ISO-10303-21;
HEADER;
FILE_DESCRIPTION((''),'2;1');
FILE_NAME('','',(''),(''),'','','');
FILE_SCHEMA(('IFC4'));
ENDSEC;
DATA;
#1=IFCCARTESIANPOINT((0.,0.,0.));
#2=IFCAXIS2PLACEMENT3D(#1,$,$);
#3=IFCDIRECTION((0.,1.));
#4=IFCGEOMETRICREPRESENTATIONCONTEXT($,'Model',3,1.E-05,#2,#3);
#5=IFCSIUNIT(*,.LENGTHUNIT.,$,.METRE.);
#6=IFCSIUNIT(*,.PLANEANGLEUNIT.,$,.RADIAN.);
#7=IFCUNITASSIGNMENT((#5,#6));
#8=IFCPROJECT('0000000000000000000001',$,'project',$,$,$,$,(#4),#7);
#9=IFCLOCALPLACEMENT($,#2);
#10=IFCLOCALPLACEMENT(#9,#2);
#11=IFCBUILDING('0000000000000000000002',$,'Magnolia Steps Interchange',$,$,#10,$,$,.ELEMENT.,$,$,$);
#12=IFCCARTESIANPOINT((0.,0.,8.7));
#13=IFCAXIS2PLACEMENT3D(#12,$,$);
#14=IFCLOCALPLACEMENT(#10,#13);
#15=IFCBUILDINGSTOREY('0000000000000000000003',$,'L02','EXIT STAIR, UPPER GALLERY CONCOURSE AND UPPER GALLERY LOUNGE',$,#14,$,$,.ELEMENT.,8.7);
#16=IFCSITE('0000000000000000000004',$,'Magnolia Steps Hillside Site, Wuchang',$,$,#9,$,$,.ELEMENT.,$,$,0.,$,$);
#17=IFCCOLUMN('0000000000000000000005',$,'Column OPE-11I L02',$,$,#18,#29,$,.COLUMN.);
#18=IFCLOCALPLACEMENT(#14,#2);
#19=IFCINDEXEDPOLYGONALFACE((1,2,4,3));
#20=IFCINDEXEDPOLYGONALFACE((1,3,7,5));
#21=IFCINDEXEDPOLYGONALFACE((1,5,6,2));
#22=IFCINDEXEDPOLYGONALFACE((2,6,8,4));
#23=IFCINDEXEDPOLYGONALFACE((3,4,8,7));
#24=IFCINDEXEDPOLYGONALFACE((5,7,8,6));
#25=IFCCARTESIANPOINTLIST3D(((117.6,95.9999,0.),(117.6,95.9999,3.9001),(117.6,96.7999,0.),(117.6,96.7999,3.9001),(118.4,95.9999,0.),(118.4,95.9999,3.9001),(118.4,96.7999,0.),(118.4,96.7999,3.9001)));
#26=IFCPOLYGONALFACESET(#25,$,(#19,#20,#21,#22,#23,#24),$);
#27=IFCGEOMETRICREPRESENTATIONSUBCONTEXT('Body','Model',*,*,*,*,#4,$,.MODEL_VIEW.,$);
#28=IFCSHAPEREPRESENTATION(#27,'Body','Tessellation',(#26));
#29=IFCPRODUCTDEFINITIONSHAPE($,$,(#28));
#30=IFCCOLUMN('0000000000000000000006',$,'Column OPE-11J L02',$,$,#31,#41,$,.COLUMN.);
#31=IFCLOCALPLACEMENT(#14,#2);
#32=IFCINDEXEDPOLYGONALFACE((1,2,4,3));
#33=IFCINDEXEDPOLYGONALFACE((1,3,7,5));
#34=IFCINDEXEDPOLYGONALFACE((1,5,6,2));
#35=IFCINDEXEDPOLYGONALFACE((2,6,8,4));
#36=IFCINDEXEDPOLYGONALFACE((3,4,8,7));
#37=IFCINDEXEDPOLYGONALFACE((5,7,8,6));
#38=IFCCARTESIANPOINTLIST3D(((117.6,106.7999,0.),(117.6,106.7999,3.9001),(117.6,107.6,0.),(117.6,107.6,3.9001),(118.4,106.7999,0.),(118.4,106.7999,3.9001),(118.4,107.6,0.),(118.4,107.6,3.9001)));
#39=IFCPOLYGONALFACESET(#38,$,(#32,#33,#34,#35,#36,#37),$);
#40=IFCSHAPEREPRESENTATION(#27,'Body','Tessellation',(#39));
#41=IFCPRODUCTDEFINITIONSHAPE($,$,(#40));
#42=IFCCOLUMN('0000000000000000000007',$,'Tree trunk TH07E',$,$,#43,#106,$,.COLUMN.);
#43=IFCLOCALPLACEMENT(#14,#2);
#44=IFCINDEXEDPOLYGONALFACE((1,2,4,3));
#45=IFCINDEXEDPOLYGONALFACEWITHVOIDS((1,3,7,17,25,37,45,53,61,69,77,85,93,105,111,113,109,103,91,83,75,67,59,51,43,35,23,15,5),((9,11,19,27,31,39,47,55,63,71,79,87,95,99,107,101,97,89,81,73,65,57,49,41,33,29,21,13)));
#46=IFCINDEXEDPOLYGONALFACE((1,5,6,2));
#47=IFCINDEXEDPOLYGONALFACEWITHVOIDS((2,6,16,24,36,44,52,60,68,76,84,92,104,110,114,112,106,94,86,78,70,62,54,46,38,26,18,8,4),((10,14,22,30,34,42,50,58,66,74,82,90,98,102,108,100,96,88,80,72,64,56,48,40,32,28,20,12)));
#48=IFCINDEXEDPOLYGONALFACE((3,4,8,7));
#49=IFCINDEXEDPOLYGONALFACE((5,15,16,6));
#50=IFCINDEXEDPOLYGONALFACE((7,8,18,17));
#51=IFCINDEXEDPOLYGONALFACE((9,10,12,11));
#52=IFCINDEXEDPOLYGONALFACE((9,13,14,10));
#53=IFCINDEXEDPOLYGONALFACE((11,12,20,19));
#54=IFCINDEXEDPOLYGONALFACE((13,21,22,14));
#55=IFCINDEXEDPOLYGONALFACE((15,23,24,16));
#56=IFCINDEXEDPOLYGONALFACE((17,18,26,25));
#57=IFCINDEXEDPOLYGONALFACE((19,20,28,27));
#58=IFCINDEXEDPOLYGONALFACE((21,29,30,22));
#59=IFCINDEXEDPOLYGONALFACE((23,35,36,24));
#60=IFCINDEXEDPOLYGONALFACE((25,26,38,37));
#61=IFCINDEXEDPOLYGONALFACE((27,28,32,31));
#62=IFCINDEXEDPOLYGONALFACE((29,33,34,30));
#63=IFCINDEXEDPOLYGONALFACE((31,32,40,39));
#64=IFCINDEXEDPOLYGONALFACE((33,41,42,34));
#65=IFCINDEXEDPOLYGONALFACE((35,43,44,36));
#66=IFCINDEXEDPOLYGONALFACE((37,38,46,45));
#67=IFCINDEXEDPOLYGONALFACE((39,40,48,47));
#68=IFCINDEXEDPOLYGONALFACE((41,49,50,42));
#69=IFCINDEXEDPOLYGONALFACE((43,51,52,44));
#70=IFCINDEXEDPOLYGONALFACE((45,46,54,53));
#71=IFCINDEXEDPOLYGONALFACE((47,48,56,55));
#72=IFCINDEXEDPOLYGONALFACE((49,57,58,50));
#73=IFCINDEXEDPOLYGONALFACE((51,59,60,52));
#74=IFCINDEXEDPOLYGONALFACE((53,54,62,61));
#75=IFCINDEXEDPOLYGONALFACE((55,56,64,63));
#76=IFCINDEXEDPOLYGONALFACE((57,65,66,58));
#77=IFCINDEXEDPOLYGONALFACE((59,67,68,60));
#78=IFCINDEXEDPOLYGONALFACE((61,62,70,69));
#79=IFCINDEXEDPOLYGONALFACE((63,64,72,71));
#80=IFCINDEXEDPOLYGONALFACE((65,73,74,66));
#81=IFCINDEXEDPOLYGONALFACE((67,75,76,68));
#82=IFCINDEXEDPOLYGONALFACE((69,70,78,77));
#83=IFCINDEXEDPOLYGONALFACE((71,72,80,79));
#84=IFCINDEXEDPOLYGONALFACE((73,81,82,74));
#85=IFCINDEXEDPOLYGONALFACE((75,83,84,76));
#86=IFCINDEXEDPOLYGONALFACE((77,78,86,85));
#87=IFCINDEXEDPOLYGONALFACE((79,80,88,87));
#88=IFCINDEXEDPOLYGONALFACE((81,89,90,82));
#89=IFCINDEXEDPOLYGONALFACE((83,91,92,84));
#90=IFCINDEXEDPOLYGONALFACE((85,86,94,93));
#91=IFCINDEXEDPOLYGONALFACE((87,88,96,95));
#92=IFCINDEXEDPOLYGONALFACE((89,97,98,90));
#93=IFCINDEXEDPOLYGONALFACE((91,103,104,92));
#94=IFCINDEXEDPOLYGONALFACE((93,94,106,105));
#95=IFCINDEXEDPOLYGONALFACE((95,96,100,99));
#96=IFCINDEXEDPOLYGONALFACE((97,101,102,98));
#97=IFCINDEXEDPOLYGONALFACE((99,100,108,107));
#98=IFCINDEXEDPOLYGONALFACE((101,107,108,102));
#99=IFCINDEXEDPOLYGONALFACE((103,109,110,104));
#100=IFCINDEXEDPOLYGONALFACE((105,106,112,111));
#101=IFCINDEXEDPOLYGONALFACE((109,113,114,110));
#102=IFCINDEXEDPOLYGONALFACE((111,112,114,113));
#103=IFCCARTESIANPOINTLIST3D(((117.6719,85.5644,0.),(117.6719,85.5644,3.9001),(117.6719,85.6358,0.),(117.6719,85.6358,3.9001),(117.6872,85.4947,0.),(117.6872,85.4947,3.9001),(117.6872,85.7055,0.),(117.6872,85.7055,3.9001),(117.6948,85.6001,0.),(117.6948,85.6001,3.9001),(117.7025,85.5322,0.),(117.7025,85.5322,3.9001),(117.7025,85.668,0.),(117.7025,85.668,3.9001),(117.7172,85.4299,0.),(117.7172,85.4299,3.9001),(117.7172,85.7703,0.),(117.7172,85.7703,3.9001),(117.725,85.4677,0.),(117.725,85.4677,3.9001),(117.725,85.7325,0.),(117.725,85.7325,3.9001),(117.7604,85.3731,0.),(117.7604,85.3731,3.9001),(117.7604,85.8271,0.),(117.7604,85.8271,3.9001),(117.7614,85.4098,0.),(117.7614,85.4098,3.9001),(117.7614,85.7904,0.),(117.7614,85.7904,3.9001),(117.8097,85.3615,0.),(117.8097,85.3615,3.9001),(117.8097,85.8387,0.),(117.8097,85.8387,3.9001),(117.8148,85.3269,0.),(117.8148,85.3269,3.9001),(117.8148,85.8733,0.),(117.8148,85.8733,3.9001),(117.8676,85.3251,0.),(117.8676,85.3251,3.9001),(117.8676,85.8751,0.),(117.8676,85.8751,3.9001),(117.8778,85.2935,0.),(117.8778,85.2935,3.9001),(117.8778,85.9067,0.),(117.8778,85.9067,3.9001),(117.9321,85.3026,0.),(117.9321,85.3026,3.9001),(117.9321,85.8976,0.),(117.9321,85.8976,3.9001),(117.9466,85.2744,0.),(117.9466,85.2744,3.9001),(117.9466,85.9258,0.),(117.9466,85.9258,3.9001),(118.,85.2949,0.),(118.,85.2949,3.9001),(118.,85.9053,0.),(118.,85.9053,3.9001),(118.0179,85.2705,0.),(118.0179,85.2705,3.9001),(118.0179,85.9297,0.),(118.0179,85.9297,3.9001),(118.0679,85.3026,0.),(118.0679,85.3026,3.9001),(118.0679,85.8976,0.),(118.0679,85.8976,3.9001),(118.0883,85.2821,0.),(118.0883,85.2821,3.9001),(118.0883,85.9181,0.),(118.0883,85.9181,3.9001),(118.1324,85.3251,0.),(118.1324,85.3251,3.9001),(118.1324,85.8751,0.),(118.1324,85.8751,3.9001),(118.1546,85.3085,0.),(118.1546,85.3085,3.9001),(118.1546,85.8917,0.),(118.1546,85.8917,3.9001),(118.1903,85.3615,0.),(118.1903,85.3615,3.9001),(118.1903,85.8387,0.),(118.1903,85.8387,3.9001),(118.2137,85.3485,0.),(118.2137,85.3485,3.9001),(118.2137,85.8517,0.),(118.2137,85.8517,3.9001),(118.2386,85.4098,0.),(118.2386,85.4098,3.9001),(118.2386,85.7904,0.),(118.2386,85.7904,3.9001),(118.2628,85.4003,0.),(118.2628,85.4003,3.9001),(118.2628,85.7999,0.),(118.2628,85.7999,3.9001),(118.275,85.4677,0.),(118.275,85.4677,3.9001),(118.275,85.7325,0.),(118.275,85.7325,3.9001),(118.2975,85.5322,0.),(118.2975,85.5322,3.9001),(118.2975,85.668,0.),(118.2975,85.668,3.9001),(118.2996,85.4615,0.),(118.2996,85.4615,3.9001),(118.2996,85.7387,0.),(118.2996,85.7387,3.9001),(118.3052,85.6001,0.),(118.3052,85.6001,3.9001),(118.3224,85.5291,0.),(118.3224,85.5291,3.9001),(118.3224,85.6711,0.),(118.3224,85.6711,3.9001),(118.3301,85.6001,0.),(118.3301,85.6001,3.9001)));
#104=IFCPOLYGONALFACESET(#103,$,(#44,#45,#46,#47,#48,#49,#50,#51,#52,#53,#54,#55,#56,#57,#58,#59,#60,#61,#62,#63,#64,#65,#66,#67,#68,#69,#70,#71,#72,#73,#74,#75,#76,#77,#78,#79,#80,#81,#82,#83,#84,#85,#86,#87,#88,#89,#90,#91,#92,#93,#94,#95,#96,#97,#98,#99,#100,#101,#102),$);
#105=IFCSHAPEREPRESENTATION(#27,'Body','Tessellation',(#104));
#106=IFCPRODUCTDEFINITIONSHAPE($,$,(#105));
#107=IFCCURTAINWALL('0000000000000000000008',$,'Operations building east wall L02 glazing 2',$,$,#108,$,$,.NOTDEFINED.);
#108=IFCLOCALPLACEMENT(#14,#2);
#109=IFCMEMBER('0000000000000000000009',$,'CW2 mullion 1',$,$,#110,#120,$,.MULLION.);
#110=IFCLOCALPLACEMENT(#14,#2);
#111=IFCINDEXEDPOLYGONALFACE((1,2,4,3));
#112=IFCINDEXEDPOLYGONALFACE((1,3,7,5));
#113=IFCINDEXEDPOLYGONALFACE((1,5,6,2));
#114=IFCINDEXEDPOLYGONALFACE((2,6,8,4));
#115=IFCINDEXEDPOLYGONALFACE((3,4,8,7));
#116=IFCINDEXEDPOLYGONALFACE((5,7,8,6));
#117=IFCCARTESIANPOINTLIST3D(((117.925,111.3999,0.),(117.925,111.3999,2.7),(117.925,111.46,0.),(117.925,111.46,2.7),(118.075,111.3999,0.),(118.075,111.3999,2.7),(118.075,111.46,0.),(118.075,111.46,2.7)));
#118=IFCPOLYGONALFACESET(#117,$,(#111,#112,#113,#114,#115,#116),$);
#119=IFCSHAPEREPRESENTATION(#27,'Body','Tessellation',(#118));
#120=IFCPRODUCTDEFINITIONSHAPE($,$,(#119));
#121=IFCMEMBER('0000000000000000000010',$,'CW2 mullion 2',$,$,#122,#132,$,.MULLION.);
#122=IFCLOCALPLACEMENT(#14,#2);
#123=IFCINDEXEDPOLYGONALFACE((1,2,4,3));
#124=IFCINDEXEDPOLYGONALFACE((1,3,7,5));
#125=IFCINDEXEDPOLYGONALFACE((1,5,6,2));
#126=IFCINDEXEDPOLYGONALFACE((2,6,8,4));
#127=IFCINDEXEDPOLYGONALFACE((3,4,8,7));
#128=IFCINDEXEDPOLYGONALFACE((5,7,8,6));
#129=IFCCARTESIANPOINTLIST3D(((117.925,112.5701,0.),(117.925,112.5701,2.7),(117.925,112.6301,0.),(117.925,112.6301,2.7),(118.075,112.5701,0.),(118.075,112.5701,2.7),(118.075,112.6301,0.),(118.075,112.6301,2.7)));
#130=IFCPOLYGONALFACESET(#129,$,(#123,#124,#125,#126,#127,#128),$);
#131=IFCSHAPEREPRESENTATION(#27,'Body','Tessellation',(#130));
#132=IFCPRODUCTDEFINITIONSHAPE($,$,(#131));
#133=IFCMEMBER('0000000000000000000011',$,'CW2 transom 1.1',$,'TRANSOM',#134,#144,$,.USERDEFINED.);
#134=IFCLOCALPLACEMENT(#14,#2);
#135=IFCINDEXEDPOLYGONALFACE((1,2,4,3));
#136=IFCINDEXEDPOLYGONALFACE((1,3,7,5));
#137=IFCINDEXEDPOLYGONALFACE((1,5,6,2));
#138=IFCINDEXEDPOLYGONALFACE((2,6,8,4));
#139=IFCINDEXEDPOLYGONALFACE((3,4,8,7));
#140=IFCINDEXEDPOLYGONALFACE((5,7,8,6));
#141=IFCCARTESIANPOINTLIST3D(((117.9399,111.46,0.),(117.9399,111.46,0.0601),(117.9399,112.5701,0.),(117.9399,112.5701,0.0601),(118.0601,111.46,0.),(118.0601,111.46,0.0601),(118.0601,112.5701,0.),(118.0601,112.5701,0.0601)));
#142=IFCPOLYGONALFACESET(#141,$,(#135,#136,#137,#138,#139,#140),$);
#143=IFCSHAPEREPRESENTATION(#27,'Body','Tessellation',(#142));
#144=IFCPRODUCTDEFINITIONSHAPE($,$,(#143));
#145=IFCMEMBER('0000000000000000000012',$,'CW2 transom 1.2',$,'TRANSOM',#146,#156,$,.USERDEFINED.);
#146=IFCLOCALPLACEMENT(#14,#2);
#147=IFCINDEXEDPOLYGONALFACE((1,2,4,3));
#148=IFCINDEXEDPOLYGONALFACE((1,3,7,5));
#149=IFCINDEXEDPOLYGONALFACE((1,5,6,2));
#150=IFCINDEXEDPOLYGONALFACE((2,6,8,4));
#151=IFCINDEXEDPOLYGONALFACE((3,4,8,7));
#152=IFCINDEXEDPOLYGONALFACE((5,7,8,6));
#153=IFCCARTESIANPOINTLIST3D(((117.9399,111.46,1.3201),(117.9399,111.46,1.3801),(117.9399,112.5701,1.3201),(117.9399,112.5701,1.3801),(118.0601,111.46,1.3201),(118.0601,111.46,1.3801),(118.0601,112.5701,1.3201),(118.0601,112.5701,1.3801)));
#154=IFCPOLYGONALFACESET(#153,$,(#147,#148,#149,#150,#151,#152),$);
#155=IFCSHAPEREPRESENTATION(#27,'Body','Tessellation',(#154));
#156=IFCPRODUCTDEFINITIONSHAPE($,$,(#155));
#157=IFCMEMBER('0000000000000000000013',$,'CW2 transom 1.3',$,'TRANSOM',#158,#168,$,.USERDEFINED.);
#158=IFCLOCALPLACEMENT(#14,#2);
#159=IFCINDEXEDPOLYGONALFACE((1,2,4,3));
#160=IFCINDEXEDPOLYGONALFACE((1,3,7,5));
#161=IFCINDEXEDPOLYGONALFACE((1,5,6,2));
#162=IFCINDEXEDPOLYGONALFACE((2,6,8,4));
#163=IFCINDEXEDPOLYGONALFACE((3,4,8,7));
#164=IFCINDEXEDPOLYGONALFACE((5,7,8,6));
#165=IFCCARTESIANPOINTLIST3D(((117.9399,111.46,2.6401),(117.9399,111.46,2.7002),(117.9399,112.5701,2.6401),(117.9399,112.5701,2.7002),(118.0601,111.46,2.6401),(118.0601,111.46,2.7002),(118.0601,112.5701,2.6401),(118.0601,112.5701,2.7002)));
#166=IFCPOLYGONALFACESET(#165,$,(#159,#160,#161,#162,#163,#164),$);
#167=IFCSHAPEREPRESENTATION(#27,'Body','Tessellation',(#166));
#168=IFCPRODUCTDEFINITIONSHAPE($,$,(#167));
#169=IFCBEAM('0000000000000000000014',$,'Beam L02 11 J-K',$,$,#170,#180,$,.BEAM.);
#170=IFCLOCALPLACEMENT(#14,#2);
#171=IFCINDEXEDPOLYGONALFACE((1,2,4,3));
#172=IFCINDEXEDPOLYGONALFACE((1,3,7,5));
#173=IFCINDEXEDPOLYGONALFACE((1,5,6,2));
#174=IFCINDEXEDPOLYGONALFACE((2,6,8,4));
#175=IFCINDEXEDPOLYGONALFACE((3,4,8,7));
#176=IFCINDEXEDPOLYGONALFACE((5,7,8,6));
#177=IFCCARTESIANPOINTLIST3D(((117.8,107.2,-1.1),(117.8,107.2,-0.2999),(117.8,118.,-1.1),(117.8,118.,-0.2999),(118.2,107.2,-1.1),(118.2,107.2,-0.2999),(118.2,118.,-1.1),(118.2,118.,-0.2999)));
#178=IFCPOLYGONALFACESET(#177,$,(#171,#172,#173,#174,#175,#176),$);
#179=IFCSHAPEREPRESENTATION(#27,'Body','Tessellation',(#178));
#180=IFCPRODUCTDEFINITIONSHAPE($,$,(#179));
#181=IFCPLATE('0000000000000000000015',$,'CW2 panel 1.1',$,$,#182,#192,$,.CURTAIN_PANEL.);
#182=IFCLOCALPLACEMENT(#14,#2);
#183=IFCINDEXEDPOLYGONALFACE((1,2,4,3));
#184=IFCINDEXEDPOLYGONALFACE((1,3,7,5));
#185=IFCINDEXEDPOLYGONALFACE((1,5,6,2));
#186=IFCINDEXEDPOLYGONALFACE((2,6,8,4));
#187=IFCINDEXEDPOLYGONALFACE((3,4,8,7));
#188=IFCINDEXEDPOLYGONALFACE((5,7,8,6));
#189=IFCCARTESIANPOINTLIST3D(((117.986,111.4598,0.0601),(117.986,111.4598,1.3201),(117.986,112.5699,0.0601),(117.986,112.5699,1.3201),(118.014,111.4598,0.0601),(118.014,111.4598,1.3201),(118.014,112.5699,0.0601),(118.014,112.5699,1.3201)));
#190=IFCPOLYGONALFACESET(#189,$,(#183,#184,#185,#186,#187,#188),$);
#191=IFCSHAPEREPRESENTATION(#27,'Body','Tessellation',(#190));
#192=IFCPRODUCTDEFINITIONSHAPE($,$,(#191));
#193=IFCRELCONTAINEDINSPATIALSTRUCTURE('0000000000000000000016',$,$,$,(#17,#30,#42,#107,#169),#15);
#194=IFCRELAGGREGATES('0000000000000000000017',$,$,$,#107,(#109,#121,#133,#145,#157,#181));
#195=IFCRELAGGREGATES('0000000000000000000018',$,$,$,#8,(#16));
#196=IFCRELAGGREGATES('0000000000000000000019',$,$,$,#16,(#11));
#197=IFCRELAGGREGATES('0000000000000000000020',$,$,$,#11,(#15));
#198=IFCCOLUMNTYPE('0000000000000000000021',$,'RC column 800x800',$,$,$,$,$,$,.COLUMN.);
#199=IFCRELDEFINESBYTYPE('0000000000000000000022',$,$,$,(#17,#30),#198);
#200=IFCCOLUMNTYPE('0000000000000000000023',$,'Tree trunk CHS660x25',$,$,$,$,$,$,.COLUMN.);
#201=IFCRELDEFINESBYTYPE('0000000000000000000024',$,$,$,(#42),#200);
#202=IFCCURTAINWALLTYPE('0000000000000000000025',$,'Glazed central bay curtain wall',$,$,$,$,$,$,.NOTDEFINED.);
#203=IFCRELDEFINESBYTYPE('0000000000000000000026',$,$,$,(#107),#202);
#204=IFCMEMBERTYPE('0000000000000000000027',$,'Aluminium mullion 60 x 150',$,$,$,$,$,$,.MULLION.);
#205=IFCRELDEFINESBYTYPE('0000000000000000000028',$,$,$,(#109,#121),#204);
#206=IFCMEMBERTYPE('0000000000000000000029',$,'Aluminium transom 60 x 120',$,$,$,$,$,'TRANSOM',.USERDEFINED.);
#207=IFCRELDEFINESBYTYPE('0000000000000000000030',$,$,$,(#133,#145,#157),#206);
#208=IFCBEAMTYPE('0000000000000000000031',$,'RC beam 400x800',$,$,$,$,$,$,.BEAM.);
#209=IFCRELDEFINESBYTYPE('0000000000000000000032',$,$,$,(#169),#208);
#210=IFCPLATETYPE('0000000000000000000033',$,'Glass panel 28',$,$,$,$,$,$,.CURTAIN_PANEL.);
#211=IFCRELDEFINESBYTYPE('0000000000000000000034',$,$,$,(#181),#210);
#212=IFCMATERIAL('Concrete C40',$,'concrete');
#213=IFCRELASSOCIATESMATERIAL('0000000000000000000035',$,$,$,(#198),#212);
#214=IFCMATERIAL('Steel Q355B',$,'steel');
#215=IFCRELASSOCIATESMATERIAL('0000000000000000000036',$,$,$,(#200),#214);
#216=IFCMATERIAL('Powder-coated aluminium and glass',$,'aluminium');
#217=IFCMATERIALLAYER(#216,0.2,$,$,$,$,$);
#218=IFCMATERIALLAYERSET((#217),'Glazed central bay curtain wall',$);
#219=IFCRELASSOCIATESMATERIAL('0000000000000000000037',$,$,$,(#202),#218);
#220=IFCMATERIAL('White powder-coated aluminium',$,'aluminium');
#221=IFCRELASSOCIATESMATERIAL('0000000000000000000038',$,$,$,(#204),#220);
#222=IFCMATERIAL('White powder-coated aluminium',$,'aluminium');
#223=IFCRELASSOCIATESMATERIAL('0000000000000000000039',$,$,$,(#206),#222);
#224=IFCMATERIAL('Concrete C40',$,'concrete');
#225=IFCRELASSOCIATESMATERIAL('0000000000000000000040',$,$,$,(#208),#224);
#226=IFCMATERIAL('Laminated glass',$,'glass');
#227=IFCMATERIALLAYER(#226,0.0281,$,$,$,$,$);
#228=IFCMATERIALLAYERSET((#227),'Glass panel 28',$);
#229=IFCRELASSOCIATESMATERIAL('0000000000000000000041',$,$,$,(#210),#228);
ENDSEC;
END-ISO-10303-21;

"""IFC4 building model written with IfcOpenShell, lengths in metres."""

from ifc_helpers import new_model, si_unit, direction, frame, origin, origin_2d, place, context, subcontext, project, spatial, rectangle, hollow_circle, extrude, material, layer, layer_set, material_profile, profile_set, type_object, element, aggregate, save


model = new_model("IFC4")

# Units and contexts
model_context = context("Model", 3, precision=1e-05, world=origin(), true_north=direction((0.0, 1.0)))
body_context = subcontext(model_context, "Body", "Model", "MODEL_VIEW")
ifc_project = project(units=[si_unit("LENGTHUNIT", "METRE"), si_unit("PLANEANGLEUNIT", "RADIAN")], contexts=[model_context])

# Site, building, storey
site_placement = place(None, origin())
site = spatial("IfcSite", under=ifc_project, at=site_placement, Name="Magnolia Steps Hillside Site, Wuchang", CompositionType="ELEMENT", RefElevation=0.0)
building_placement = place(site_placement, origin())
building = spatial("IfcBuilding", under=site, at=building_placement, Name="Magnolia Steps Interchange", CompositionType="ELEMENT")
storey_placement = place(building_placement, frame((0.0, 0.0, 8.7)))
storey = spatial("IfcBuildingStorey", under=building, at=storey_placement, Name="L02", Description="EXIT STAIR, UPPER GALLERY CONCOURSE AND UPPER GALLERY LOUNGE", CompositionType="ELEMENT", Elevation=8.7)

# Columns
ifc_material_1 = material(Name="Concrete C40", Category="concrete")
ifc_material_profile_1 = material_profile(ifc_material_1, rectangle(XDim=0.8, YDim=0.8, at=origin_2d()), Name="RC800x800")
ifc_profile_set_1 = profile_set([ifc_material_profile_1], Name="Concrete C40")
column_type_1 = type_object("IfcColumnType", Name="RC column 800x800", PredefinedType="COLUMN", material=ifc_profile_set_1)
for number, where, z_axis, x_axis, name in (
    (1, (118.0, 96.3999, 0.0), (0.0, 0.0, 1.0), (1.0, 0.0, 0.0), "Column OPE-11I L02"),
    (2, (118.0, 107.2, 0.0), (0.0, 0.0, 1.0), (1.0, 0.0, 0.0), "Column OPE-11J L02"),
):
    element("IfcColumn", number, at=place(storey_placement, frame(where, z_axis=z_axis, x_axis=x_axis)), inside=storey, type_object=column_type_1, Name=name, PredefinedType="COLUMN", context=body_context, shape_type="SweptSolid", body=[
        extrude(rectangle(XDim=0.8, YDim=0.8, at=origin_2d()), origin(), (0.0, 0.0, 1.0), 3.9001),
    ])
ifc_material_2 = material(Name="Steel Q355B", Category="steel")
ifc_material_profile_2 = material_profile(ifc_material_2, hollow_circle(Radius=0.3301, WallThickness=0.0249, at=origin_2d()), Name="CHS660x25")
ifc_profile_set_2 = profile_set([ifc_material_profile_2], Name="Steel Q355B")
column_type_2 = type_object("IfcColumnType", Name="Tree trunk CHS660x25", PredefinedType="COLUMN", material=ifc_profile_set_2)
column_placement = place(storey_placement, frame((118.0, 85.6001, 0.0), z_axis=(0.0, 0.0, 1.0), x_axis=(1.0, 0.0, 0.0)))
element("IfcColumn", 3, at=column_placement, inside=storey, type_object=column_type_2, Name="Tree trunk TH07E", PredefinedType="COLUMN", context=body_context, shape_type="SweptSolid", body=[
    extrude(hollow_circle(Radius=0.3301, WallThickness=0.0249, at=origin_2d()), origin(), (0.0, 0.0, 1.0), 3.9001),
])

# Curtain wall, members
ifc_material_3 = material(Name="Powder-coated aluminium and glass", Category="aluminium")
ifc_layer_1 = layer(ifc_material_3, 0.2)
ifc_layer_set_1 = layer_set([ifc_layer_1], Name="Glazed central bay curtain wall")
curtain_wall_type = type_object("IfcCurtainWallType", Name="Glazed central bay curtain wall", PredefinedType="NOTDEFINED", material=ifc_layer_set_1)
curtain_wall_placement = place(storey_placement, origin())
curtain_wall = element("IfcCurtainWall", 4, at=curtain_wall_placement, inside=storey, type_object=curtain_wall_type, Name="Operations building east wall L02 glazing 2", PredefinedType="NOTDEFINED")
ifc_material_4 = material(Name="White powder-coated aluminium", Category="aluminium")
ifc_material_profile_3 = material_profile(ifc_material_4, rectangle(XDim=0.0601, YDim=0.1499, at=origin_2d()), Name="Aluminium mullion 60 x 150")
ifc_profile_set_3 = profile_set([ifc_material_profile_3], Name="White powder-coated aluminium")
member_type_1 = type_object("IfcMemberType", Name="Aluminium mullion 60 x 150", PredefinedType="MULLION", material=ifc_profile_set_3)
member_1_placement = place(storey_placement, frame((118.0, 111.4299, 0.0), z_axis=(0.0, 0.0, 1.0), x_axis=(0.0, 1.0, 0.0)))
member_1 = element("IfcMember", 5, at=member_1_placement, type_object=member_type_1, Name="CW2 mullion 1", PredefinedType="MULLION", context=body_context, shape_type="SweptSolid", body=[
    extrude(rectangle(XDim=0.0601, YDim=0.1499, at=origin_2d()), origin(), (0.0, 0.0, 1.0), 2.7),
])
member_2_placement = place(storey_placement, frame((118.0, 112.6001, 0.0), z_axis=(0.0, 0.0, 1.0), x_axis=(0.0, 1.0, 0.0)))
member_2 = element("IfcMember", 6, at=member_2_placement, type_object=member_type_1, Name="CW2 mullion 2", PredefinedType="MULLION", context=body_context, shape_type="SweptSolid", body=[
    extrude(rectangle(XDim=0.0601, YDim=0.1499, at=origin_2d()), origin(), (0.0, 0.0, 1.0), 2.7),
])
ifc_material_5 = material(Name="White powder-coated aluminium", Category="aluminium")
ifc_material_profile_4 = material_profile(ifc_material_5, rectangle(XDim=0.0601, YDim=0.1201, at=origin_2d()), Name="Aluminium transom 60 x 120")
ifc_profile_set_4 = profile_set([ifc_material_profile_4], Name="White powder-coated aluminium")
member_type_2 = type_object("IfcMemberType", Name="Aluminium transom 60 x 120", ElementType="TRANSOM", PredefinedType="USERDEFINED", material=ifc_profile_set_4)
member_3_placement = place(storey_placement, frame((118.0, 111.46, 0.03), z_axis=(0.0, 1.0, 0.0), x_axis=(0.0, 0.0, 1.0)))
member_3 = element("IfcMember", 7, at=member_3_placement, type_object=member_type_2, Name="CW2 transom 1.1", ObjectType="TRANSOM", PredefinedType="USERDEFINED", context=body_context, shape_type="SweptSolid", body=[
    extrude(rectangle(XDim=0.0601, YDim=0.1201, at=origin_2d()), origin(), (0.0, 0.0, 1.0), 1.1101),
])
member_4_placement = place(storey_placement, frame((118.0, 111.46, 1.3501), z_axis=(0.0, 1.0, 0.0), x_axis=(0.0, 0.0, 1.0)))
member_4 = element("IfcMember", 8, at=member_4_placement, type_object=member_type_2, Name="CW2 transom 1.2", ObjectType="TRANSOM", PredefinedType="USERDEFINED", context=body_context, shape_type="SweptSolid", body=[
    extrude(rectangle(XDim=0.0601, YDim=0.1201, at=origin_2d()), origin(), (0.0, 0.0, 1.0), 1.1101),
])
member_5_placement = place(storey_placement, frame((118.0, 111.46, 2.6702), z_axis=(0.0, 1.0, 0.0), x_axis=(0.0, 0.0, 1.0)))
member_5 = element("IfcMember", 9, at=member_5_placement, type_object=member_type_2, Name="CW2 transom 1.3", ObjectType="TRANSOM", PredefinedType="USERDEFINED", context=body_context, shape_type="SweptSolid", body=[
    extrude(rectangle(XDim=0.0601, YDim=0.1201, at=origin_2d()), origin(), (0.0, 0.0, 1.0), 1.1101),
])

# Beam
ifc_material_6 = material(Name="Concrete C40", Category="concrete")
ifc_material_profile_5 = material_profile(ifc_material_6, rectangle(XDim=0.3999, YDim=0.8, at=origin_2d()), Name="RC400x800")
ifc_profile_set_5 = profile_set([ifc_material_profile_5], Name="Concrete C40")
beam_type = type_object("IfcBeamType", Name="RC beam 400x800", PredefinedType="BEAM", material=ifc_profile_set_5)
beam_placement = place(storey_placement, frame((118.0, 107.2, -0.7), z_axis=(0.0, 1.0, 0.0), x_axis=(-1.0, 0.0, 0.0)))
element("IfcBeam", 10, at=beam_placement, inside=storey, type_object=beam_type, Name="Beam L02 11 J-K", PredefinedType="BEAM", context=body_context, shape_type="SweptSolid", body=[
    extrude(rectangle(XDim=0.3999, YDim=0.8, at=origin_2d()), origin(), (0.0, 0.0, 1.0), 10.8),
])

# Plate
ifc_material_7 = material(Name="Laminated glass", Category="glass")
ifc_layer_2 = layer(ifc_material_7, 0.0281)
ifc_layer_set_2 = layer_set([ifc_layer_2], Name="Glass panel 28")
plate_type = type_object("IfcPlateType", Name="Glass panel 28", PredefinedType="CURTAIN_PANEL", material=ifc_layer_set_2)
plate_1_placement = place(storey_placement, frame((118.0, 112.0149, 0.0601), z_axis=(0.0, 0.0, 1.0), x_axis=(0.0, 1.0, 0.0)))
plate_1 = element("IfcPlate", 11, at=plate_1_placement, type_object=plate_type, Name="CW2 panel 1.1", PredefinedType="CURTAIN_PANEL", context=body_context, shape_type="SweptSolid", body=[
    extrude(rectangle(XDim=1.1101, YDim=0.0281, at=origin_2d()), origin(), (0.0, 0.0, 1.0), 1.26),
])
aggregate(curtain_wall, [member_1, member_2, member_3, member_4, member_5, plate_1])

save(model, "model.ifc")
